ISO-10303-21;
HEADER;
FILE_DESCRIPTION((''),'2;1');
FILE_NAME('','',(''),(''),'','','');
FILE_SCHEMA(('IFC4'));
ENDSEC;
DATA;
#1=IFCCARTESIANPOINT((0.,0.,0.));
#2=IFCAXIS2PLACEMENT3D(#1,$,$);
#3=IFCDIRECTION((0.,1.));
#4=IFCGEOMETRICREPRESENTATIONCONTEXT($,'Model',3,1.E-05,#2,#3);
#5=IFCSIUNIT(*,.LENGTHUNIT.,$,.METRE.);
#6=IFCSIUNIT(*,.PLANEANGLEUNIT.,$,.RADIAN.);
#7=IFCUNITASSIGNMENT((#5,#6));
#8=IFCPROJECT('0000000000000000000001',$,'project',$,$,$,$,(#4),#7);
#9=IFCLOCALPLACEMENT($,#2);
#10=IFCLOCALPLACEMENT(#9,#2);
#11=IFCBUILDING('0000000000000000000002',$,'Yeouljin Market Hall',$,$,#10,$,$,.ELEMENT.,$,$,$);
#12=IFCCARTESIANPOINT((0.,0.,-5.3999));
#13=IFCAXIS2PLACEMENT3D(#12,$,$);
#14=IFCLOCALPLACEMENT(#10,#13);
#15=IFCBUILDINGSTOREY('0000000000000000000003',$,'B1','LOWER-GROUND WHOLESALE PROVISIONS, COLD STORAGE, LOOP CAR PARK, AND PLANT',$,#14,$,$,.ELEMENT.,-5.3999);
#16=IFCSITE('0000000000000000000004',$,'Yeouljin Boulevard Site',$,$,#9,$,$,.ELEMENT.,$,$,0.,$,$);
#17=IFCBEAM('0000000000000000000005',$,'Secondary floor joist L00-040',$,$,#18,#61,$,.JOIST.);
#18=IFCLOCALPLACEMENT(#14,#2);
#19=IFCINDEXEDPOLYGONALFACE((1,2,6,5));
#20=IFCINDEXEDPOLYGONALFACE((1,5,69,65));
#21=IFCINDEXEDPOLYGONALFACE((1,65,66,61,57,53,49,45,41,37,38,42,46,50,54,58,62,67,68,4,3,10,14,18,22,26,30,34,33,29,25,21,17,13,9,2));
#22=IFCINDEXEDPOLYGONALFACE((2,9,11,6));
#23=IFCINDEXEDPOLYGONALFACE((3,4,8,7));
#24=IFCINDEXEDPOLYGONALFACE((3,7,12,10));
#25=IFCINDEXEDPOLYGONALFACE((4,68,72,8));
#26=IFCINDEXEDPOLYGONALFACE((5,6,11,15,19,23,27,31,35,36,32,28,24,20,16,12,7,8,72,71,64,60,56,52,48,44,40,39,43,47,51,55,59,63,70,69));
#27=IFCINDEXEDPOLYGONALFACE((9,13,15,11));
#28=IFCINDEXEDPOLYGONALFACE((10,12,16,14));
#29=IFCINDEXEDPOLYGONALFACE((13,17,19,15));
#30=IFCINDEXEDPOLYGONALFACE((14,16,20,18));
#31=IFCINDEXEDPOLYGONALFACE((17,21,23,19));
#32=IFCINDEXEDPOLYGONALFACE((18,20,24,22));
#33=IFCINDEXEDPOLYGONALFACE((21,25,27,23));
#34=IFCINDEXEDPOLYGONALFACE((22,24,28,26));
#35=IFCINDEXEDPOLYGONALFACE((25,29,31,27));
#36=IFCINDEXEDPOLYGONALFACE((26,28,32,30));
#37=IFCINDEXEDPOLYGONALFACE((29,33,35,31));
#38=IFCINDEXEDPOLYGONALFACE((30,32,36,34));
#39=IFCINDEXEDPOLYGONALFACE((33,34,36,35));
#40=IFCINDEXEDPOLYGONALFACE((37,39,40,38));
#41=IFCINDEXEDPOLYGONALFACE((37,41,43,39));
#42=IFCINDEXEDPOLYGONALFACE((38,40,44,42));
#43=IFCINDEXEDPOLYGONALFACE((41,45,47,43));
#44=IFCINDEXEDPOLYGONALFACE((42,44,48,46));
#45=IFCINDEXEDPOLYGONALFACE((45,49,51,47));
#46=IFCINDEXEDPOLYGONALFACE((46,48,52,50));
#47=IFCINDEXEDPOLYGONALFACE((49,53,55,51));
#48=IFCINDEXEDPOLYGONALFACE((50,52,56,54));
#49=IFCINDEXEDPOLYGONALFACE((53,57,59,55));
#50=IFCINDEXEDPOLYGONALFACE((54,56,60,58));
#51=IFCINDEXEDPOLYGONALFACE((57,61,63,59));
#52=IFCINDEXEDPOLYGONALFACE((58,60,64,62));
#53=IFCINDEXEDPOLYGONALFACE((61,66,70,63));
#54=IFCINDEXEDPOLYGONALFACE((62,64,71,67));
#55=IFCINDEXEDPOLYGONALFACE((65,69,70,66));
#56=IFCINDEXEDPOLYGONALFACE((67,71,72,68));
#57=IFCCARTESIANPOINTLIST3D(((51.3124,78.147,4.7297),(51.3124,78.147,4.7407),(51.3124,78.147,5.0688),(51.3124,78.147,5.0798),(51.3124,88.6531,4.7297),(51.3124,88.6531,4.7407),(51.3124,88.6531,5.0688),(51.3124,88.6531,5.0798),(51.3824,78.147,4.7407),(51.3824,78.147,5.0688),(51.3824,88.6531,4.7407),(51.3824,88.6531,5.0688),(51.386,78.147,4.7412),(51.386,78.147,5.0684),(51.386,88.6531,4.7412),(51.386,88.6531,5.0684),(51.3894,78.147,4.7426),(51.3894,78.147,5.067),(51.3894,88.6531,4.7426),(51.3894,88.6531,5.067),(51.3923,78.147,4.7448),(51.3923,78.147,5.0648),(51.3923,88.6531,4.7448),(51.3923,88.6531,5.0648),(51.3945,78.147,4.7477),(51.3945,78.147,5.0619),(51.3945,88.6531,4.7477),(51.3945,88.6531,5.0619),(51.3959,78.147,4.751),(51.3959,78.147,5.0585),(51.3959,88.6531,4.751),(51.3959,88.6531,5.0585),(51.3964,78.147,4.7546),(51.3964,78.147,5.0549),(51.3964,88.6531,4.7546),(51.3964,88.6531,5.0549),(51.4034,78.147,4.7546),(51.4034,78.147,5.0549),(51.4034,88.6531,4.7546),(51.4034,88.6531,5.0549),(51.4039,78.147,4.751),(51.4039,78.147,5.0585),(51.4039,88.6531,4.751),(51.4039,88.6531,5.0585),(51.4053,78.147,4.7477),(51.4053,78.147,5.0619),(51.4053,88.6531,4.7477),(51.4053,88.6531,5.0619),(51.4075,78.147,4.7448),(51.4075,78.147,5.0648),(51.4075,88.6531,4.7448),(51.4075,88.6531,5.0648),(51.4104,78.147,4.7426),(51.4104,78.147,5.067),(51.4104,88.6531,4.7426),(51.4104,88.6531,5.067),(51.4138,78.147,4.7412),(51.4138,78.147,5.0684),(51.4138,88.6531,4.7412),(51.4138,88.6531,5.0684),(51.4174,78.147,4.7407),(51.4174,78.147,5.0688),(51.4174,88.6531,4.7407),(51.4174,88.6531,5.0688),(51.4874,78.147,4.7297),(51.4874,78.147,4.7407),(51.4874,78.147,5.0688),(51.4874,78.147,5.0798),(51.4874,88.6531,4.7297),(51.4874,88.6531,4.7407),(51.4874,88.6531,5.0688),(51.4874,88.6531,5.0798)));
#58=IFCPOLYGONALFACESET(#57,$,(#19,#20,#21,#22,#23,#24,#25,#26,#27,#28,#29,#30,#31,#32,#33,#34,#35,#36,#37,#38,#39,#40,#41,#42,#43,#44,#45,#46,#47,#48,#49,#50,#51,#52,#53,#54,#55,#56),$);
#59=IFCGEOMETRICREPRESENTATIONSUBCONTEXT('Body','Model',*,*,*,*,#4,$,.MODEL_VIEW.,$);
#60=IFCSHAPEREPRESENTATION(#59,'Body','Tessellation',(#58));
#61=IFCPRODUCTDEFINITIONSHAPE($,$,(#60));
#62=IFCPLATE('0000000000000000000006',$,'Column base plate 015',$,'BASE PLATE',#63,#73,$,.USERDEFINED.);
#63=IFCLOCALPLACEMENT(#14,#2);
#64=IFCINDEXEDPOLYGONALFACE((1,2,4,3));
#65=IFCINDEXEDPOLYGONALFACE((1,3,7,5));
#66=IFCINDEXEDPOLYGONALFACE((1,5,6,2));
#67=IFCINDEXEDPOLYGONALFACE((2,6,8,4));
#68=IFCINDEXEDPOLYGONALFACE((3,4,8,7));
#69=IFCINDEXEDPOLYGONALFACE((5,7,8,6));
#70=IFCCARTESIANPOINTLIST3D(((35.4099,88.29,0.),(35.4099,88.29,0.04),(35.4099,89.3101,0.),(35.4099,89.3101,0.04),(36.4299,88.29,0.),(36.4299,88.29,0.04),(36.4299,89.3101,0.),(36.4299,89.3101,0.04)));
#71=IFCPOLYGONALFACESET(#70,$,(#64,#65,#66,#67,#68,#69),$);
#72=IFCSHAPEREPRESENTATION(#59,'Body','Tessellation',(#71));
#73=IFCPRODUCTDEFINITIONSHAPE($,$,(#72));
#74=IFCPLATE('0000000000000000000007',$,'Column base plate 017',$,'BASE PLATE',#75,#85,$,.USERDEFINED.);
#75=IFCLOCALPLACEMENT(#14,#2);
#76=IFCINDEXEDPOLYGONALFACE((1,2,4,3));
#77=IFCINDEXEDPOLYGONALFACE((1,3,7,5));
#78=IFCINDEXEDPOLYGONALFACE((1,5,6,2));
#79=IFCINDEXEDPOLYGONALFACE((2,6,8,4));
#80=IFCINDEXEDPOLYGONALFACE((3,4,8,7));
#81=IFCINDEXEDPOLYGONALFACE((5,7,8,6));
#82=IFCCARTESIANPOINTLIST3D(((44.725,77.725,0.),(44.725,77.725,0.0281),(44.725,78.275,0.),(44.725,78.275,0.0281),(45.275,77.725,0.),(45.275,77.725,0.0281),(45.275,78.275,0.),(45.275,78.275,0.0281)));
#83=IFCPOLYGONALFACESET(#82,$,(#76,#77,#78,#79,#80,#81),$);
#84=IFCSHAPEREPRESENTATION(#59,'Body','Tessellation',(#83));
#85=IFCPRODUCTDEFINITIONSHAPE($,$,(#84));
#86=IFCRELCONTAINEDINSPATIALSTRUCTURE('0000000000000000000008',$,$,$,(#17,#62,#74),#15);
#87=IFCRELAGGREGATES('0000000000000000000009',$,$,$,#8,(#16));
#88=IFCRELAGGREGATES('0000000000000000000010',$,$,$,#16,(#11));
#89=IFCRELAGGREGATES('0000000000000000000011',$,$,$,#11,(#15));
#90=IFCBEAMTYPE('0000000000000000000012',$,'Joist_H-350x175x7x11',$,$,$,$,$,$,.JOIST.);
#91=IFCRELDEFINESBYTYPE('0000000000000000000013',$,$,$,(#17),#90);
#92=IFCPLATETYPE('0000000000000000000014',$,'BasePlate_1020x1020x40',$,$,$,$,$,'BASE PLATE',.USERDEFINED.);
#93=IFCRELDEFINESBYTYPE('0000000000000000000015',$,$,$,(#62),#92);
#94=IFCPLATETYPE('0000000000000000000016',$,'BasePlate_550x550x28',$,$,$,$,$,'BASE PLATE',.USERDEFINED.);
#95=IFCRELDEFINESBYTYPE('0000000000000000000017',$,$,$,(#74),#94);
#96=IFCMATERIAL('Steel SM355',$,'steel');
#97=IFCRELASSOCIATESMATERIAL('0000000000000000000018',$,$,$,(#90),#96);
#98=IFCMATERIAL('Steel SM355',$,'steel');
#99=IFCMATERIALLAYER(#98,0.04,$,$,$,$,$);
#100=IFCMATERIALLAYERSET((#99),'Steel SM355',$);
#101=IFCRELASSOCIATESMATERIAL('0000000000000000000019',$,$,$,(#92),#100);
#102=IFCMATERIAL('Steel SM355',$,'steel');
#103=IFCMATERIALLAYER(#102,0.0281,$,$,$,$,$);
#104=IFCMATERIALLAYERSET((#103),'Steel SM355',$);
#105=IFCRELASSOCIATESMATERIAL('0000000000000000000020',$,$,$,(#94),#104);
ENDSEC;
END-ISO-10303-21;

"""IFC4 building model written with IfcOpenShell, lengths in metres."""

from ifc_helpers import new_model, si_unit, direction, frame, origin, origin_2d, place, context, subcontext, project, spatial, rectangle, i_section, extrude, material, layer, layer_set, material_profile, profile_set, type_object, element, save


model = new_model("IFC4")

# Units and contexts
model_context = context("Model", 3, precision=1e-05, world=origin(), true_north=direction((0.0, 1.0)))
body_context = subcontext(model_context, "Body", "Model", "MODEL_VIEW")
ifc_project = project(units=[si_unit("LENGTHUNIT", "METRE"), si_unit("PLANEANGLEUNIT", "RADIAN")], contexts=[model_context])

# Site, building, storey
site_placement = place(None, origin())
site = spatial("IfcSite", under=ifc_project, at=site_placement, Name="Yeouljin Boulevard Site", CompositionType="ELEMENT", RefElevation=0.0)
building_placement = place(site_placement, origin())
building = spatial("IfcBuilding", under=site, at=building_placement, Name="Yeouljin Market Hall", CompositionType="ELEMENT")
storey_placement = place(building_placement, frame((0.0, 0.0, -5.3999)))
storey = spatial("IfcBuildingStorey", under=building, at=storey_placement, Name="B1", Description="LOWER-GROUND WHOLESALE PROVISIONS, COLD STORAGE, LOOP CAR PARK, AND PLANT", CompositionType="ELEMENT", Elevation=-5.3999)

# Beam
ifc_material_1 = material(Name="Steel SM355", Category="steel")
ifc_material_profile_1 = material_profile(ifc_material_1, i_section(OverallWidth=0.175, OverallDepth=0.3501, WebThickness=0.0071, FlangeThickness=0.011, FilletRadius=0.0139, at=origin_2d()), Name="H-350x175x7x11")
ifc_profile_set_1 = profile_set([ifc_material_profile_1], Name="Steel SM355")
beam_type_1 = type_object("IfcBeamType", Name="Joist_H-350x175x7x11", PredefinedType="JOIST", material=ifc_profile_set_1)
for number, where, z_axis, x_axis, name in (
    (1, (51.3999, 78.147, 4.9048), (0.0, 1.0, 0.0), (-1.0, 0.0, 0.0), "Secondary floor joist L00-040"),
):
    element("IfcBeam", number, at=place(storey_placement, frame(where, z_axis=z_axis, x_axis=x_axis)), inside=storey, type_object=beam_type_1, Name=name, PredefinedType="JOIST", context=body_context, shape_type="SweptSolid", body=[
        extrude(i_section(OverallWidth=0.175, OverallDepth=0.3501, WebThickness=0.0071, FlangeThickness=0.011, FilletRadius=0.0139, at=origin_2d()), origin(), (0.0, 0.0, 1.0), 10.5061),
    ])

# Plates
ifc_material_2 = material(Name="Steel SM355", Category="steel")
ifc_layer_1 = layer(ifc_material_2, 0.04)
ifc_layer_set_1 = layer_set([ifc_layer_1], Name="Steel SM355")
plate_type_1 = type_object("IfcPlateType", Name="BasePlate_1020x1020x40", ElementType="BASE PLATE", PredefinedType="USERDEFINED", material=ifc_layer_set_1)
plate_1_placement = place(storey_placement, frame((35.9199, 88.8, 0.0), z_axis=(0.0, 0.0, 1.0), x_axis=(1.0, 0.0, 0.0)))
element("IfcPlate", 2, at=plate_1_placement, inside=storey, type_object=plate_type_1, Name="Column base plate 015", ObjectType="BASE PLATE", PredefinedType="USERDEFINED", context=body_context, shape_type="SweptSolid", body=[
    extrude(rectangle(XDim=1.02, YDim=1.02, at=origin_2d()), origin(), (0.0, 0.0, 1.0), 0.04),
])
ifc_material_3 = material(Name="Steel SM355", Category="steel")
ifc_layer_2 = layer(ifc_material_3, 0.0281)
ifc_layer_set_2 = layer_set([ifc_layer_2], Name="Steel SM355")
plate_type_2 = type_object("IfcPlateType", Name="BasePlate_550x550x28", ElementType="BASE PLATE", PredefinedType="USERDEFINED", material=ifc_layer_set_2)
plate_2_placement = place(storey_placement, frame((45.0, 78.0, 0.0), z_axis=(0.0, 0.0, 1.0), x_axis=(1.0, 0.0, 0.0)))
element("IfcPlate", 3, at=plate_2_placement, inside=storey, type_object=plate_type_2, Name="Column base plate 017", ObjectType="BASE PLATE", PredefinedType="USERDEFINED", context=body_context, shape_type="SweptSolid", body=[
    extrude(rectangle(XDim=0.55, YDim=0.55, at=origin_2d()), origin(), (0.0, 0.0, 1.0), 0.0281),
])

save(model, "model.ifc")
